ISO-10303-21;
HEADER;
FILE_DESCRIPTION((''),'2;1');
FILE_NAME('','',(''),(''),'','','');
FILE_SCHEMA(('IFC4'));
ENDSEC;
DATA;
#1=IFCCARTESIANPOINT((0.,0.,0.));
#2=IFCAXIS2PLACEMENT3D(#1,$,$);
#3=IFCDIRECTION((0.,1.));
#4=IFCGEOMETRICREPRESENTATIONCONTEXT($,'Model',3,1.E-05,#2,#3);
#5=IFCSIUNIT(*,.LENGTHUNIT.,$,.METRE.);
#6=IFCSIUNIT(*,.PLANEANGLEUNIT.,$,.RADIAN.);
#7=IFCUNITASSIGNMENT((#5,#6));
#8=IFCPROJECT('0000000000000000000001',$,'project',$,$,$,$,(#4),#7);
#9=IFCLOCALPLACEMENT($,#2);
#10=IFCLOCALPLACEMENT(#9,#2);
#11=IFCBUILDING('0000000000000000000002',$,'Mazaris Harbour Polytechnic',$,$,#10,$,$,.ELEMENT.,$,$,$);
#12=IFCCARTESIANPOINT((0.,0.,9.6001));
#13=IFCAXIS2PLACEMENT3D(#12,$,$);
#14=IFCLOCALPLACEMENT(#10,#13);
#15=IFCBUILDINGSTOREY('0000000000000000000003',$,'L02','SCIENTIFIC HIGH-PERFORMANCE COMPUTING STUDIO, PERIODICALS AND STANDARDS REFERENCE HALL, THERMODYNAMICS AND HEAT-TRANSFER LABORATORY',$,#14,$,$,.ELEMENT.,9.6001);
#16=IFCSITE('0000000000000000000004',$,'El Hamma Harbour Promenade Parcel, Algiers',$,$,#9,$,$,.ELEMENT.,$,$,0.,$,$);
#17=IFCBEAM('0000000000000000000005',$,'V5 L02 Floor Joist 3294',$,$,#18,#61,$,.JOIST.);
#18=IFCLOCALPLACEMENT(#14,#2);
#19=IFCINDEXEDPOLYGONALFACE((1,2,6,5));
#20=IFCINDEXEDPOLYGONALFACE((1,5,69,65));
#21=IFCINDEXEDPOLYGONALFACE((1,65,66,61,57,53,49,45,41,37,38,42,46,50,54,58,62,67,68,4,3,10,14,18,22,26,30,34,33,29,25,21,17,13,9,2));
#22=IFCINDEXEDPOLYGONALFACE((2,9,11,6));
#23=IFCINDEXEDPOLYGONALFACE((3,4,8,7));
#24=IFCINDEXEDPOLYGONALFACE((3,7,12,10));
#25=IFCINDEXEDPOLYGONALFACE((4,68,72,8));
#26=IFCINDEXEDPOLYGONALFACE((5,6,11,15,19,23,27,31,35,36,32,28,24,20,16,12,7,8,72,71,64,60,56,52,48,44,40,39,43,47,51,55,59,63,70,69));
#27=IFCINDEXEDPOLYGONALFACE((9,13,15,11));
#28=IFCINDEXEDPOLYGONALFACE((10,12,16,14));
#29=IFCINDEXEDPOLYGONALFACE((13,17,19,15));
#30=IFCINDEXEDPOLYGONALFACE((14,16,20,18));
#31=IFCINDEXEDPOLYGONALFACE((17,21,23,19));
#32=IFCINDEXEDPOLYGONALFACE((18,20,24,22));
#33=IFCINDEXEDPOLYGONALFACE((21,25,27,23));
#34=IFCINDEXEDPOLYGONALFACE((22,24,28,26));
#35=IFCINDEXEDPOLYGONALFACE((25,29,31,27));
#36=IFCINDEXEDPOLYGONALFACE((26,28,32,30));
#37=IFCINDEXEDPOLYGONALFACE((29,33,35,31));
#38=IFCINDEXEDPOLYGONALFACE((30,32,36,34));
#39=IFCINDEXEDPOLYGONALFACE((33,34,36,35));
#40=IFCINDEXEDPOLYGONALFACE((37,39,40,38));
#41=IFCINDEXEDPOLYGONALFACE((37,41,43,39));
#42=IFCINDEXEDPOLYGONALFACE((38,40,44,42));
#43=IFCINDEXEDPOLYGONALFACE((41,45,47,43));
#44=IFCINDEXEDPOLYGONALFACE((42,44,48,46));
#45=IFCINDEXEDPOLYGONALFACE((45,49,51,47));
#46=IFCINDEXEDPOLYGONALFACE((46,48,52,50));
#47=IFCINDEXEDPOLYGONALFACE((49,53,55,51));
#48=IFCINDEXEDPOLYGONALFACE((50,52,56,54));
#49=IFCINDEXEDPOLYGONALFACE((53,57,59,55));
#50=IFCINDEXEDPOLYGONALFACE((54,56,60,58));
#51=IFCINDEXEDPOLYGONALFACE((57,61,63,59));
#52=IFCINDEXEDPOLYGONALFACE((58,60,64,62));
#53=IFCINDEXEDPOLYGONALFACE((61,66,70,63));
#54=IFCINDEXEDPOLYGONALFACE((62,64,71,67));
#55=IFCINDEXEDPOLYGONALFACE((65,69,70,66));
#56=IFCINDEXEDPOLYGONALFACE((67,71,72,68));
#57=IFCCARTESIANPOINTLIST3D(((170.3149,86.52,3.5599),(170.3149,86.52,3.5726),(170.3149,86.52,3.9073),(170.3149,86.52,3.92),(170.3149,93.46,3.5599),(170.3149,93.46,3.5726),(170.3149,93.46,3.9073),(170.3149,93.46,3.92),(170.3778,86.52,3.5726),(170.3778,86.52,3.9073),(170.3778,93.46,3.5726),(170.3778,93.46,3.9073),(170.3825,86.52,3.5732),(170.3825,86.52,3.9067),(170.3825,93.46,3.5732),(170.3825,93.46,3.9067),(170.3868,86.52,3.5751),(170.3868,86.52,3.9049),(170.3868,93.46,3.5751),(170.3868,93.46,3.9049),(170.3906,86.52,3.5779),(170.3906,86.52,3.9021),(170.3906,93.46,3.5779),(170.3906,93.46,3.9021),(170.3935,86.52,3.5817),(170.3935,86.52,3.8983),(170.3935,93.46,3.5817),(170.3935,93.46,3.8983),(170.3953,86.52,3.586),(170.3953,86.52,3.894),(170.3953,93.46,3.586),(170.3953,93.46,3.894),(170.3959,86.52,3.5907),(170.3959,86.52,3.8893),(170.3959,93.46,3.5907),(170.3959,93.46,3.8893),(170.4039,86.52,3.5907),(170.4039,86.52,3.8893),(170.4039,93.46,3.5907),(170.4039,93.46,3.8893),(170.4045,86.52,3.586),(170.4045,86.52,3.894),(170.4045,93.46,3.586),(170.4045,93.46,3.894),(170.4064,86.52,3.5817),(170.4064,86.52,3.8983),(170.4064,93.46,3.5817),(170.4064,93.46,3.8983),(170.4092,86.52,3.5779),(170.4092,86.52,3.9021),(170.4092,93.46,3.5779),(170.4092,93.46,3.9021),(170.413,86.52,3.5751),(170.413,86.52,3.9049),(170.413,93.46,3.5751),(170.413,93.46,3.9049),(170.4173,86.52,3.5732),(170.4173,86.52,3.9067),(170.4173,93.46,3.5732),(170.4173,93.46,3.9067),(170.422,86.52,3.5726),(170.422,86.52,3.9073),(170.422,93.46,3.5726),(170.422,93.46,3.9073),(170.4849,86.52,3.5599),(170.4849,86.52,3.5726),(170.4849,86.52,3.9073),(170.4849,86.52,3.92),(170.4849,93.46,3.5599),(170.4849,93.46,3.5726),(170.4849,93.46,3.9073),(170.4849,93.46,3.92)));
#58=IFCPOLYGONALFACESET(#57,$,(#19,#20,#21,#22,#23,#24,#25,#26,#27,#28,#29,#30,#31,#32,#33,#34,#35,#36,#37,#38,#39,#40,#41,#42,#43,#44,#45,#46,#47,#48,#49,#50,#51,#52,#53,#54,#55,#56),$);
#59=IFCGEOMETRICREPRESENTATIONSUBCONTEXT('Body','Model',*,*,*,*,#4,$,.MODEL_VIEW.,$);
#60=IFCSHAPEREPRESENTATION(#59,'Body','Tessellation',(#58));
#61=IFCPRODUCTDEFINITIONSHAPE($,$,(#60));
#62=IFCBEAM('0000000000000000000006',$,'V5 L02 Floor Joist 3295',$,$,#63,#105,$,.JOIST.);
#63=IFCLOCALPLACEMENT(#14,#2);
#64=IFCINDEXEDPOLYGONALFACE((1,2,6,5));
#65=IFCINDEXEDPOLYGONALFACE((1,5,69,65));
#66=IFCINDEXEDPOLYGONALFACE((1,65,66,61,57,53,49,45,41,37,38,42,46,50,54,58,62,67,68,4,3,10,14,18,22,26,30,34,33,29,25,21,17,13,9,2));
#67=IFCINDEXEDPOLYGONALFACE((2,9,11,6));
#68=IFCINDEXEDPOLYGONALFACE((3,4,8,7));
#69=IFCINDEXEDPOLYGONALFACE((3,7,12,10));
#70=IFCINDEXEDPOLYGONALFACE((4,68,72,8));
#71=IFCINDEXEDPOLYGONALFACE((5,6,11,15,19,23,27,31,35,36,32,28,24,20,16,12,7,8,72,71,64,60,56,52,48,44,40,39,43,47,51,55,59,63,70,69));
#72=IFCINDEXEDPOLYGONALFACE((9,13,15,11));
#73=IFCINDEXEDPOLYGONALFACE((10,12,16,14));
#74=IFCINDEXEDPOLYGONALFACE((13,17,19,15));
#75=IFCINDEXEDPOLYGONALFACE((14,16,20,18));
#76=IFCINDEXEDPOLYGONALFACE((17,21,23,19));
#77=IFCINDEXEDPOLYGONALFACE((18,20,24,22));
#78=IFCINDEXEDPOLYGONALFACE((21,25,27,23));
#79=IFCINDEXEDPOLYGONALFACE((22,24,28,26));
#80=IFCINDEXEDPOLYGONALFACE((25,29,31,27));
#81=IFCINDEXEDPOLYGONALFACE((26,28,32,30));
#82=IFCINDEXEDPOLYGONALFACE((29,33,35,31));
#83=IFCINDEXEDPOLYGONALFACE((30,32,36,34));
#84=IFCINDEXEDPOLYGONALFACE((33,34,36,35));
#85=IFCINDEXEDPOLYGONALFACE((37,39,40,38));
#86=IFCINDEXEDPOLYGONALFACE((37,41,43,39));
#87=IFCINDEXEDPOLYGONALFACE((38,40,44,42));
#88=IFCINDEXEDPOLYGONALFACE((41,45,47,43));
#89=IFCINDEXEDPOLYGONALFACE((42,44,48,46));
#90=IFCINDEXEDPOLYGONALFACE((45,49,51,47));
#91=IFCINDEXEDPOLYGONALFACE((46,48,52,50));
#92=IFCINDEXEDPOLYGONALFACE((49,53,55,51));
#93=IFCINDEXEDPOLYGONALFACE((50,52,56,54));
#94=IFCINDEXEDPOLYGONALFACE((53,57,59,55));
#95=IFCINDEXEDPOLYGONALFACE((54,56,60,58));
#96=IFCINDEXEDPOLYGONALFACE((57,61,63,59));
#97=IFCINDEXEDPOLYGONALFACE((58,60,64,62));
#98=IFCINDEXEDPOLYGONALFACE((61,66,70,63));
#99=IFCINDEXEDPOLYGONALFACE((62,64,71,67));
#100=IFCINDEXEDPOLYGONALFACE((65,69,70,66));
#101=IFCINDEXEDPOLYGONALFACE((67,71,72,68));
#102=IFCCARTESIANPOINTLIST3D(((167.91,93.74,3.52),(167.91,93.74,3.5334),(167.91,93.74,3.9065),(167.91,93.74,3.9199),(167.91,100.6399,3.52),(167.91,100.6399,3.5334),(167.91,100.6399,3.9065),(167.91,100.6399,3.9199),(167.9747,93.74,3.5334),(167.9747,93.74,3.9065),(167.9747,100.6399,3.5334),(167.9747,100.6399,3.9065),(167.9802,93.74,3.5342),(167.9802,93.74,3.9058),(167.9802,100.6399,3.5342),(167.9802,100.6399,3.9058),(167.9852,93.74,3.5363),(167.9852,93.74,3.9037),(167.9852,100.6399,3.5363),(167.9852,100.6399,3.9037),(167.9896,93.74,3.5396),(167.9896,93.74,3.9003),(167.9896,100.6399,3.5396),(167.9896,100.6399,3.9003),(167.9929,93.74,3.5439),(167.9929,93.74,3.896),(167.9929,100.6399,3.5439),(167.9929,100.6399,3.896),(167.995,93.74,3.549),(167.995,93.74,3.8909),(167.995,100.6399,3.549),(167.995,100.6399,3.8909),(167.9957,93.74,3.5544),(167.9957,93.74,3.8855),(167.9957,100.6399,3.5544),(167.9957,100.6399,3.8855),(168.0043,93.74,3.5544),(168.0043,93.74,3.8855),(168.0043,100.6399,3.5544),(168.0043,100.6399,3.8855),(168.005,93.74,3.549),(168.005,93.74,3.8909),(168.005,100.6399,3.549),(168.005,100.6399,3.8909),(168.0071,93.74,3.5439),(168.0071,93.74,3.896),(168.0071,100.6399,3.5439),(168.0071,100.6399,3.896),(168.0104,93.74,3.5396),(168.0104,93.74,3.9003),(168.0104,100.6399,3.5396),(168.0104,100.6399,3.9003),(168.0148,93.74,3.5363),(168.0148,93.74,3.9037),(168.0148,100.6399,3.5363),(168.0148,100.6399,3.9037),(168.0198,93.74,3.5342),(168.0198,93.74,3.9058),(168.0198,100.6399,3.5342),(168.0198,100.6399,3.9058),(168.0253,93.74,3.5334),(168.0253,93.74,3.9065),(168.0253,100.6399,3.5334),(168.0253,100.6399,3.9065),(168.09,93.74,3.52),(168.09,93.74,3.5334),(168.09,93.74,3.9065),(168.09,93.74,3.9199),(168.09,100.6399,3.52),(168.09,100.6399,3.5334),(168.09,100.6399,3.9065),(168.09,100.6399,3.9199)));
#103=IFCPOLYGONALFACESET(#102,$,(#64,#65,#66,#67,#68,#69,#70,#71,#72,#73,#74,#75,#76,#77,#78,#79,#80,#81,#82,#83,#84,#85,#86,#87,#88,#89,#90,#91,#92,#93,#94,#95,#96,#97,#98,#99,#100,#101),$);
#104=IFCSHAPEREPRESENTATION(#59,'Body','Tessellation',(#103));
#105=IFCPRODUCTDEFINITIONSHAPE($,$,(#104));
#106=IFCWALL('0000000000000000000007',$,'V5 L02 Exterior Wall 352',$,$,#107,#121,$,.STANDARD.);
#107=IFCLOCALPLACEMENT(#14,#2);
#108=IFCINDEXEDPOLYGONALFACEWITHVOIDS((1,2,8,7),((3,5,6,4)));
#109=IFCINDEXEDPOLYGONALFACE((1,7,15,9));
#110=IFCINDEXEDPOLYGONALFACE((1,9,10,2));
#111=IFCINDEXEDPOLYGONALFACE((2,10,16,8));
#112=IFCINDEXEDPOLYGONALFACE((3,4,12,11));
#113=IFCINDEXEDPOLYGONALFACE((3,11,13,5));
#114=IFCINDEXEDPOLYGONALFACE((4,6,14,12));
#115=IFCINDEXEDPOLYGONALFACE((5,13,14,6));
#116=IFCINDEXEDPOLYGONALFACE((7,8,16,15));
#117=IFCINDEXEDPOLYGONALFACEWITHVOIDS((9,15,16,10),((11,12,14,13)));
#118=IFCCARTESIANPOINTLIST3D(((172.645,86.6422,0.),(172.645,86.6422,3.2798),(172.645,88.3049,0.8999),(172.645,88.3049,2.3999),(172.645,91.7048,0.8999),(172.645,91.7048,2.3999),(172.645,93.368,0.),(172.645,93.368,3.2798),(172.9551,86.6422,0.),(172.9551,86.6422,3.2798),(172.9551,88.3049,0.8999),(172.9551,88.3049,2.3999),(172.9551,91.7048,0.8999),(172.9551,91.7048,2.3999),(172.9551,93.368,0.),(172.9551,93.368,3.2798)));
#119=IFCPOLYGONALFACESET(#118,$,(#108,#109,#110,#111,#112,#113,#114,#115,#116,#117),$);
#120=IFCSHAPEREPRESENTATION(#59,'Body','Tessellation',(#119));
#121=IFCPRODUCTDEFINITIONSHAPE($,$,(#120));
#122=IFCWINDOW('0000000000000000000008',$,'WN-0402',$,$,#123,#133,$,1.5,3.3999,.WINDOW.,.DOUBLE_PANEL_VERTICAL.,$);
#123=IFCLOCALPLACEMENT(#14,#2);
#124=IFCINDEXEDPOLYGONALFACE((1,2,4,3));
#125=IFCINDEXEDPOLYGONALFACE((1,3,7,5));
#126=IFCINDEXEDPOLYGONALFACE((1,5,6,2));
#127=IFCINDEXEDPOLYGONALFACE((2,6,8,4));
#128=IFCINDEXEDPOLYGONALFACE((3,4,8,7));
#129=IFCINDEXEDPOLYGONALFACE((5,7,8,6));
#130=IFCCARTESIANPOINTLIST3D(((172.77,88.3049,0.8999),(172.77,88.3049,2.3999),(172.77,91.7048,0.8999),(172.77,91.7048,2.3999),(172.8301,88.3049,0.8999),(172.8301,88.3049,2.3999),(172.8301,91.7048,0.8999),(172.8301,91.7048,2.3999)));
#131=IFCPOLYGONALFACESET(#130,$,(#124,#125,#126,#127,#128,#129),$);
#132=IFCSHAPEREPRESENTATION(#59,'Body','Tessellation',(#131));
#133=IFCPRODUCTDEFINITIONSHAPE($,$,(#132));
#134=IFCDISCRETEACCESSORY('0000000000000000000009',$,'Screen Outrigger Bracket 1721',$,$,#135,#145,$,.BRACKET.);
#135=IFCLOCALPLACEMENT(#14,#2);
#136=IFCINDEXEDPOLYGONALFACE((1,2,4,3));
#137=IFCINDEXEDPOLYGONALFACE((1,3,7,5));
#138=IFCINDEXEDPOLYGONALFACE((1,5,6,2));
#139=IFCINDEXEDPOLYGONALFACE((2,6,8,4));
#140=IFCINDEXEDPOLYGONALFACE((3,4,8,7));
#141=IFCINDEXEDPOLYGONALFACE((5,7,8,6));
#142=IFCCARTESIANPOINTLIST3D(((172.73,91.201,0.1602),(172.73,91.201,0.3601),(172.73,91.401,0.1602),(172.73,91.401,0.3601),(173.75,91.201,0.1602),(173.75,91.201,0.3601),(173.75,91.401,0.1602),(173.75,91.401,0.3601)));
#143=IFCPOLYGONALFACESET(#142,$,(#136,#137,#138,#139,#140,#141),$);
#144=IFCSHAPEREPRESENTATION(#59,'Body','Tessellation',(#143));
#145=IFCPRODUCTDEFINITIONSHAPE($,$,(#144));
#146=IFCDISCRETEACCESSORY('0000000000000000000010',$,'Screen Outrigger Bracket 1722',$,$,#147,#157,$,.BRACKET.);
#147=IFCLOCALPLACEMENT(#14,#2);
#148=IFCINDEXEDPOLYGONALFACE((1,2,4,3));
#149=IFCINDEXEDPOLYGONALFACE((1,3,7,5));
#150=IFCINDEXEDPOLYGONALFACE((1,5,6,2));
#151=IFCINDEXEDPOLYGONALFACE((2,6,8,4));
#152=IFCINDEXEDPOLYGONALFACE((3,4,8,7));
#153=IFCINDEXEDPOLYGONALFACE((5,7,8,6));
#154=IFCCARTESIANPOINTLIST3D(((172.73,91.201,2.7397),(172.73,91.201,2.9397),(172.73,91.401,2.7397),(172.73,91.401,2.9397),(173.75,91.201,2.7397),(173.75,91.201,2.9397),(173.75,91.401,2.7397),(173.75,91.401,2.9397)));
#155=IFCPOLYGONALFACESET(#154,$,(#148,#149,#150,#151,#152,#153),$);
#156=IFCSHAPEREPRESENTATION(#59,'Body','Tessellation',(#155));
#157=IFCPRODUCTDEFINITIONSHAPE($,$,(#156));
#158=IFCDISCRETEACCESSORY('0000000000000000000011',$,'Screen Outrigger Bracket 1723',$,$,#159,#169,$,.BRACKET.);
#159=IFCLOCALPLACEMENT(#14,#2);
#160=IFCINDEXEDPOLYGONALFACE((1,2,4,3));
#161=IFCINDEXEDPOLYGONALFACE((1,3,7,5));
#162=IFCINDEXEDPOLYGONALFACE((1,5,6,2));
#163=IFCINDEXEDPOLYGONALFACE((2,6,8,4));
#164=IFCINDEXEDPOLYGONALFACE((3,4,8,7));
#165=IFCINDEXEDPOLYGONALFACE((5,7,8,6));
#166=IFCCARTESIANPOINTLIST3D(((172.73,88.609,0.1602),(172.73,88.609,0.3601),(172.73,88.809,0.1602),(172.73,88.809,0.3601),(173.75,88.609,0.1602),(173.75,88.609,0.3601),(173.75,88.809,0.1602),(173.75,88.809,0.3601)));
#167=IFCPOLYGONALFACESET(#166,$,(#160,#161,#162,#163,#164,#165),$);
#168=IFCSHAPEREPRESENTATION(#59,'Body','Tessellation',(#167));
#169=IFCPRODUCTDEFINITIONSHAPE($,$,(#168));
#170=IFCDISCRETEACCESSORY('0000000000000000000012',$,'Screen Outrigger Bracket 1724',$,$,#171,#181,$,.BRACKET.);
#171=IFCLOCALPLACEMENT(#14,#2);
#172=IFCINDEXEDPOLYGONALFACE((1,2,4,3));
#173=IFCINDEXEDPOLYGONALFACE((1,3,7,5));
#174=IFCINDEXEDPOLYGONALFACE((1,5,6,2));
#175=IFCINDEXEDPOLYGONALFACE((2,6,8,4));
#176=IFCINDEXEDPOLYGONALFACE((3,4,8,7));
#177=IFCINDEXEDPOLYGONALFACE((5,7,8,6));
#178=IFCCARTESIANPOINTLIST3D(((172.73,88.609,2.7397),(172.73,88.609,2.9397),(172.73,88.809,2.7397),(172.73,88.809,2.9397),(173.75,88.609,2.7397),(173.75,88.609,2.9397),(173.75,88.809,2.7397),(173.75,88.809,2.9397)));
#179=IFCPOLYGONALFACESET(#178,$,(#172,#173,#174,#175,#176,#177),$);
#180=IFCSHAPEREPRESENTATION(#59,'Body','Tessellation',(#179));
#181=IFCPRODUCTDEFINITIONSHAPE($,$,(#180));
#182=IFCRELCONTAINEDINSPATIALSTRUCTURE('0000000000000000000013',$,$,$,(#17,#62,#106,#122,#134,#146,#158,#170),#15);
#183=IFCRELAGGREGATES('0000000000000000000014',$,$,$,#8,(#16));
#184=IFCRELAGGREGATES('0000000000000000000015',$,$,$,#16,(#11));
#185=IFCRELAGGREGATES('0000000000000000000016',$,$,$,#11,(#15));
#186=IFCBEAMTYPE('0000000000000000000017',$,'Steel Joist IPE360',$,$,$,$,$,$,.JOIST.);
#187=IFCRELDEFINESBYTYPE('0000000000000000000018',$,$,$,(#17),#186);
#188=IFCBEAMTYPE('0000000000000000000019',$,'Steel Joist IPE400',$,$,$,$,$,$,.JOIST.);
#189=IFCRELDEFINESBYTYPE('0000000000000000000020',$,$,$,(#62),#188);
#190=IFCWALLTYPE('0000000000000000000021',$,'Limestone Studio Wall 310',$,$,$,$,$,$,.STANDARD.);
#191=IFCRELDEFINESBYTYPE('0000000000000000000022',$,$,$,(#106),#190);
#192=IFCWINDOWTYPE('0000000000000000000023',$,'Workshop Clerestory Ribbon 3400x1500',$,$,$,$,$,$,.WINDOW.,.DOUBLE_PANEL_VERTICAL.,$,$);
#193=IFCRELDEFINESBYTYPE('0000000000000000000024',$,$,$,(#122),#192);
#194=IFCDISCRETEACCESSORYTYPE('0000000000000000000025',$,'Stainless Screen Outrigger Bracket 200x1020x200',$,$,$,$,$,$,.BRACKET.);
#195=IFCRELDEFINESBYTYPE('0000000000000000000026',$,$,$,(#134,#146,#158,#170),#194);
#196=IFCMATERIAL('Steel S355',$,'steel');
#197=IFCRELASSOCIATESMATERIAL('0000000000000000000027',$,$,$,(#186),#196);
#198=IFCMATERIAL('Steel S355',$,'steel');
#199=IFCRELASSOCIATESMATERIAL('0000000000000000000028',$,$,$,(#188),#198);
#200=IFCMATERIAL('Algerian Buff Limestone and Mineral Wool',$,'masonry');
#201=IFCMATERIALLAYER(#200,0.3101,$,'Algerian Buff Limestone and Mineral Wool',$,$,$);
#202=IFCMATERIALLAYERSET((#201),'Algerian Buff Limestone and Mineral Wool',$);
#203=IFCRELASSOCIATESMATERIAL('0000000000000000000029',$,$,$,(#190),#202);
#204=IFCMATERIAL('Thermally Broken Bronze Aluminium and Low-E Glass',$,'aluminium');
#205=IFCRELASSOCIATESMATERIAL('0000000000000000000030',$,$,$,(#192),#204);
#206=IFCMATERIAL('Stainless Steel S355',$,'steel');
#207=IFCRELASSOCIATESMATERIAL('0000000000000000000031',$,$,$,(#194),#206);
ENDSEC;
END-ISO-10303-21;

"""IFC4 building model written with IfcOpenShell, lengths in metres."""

from ifc_helpers import new_model, si_unit, direction, frame, frame_2d, origin, origin_2d, place, context, subcontext, project, spatial, rectangle, i_section, extrude, material, layer, layer_set, material_profile, profile_set, type_object, element, fill, save


model = new_model("IFC4")

# Units and contexts
model_context = context("Model", 3, precision=1e-05, world=origin(), true_north=direction((0.0, 1.0)))
body_context = subcontext(model_context, "Body", "Model", "MODEL_VIEW")
ifc_project = project(units=[si_unit("LENGTHUNIT", "METRE"), si_unit("PLANEANGLEUNIT", "RADIAN")], contexts=[model_context])

# Site, building, storey
site_placement = place(None, origin())
site = spatial("IfcSite", under=ifc_project, at=site_placement, Name="El Hamma Harbour Promenade Parcel, Algiers", CompositionType="ELEMENT", RefElevation=0.0)
building_placement = place(site_placement, origin())
building = spatial("IfcBuilding", under=site, at=building_placement, Name="Mazaris Harbour Polytechnic", CompositionType="ELEMENT")
storey_placement = place(building_placement, frame((0.0, 0.0, 9.6001)))
storey = spatial("IfcBuildingStorey", under=building, at=storey_placement, Name="L02", Description="SCIENTIFIC HIGH-PERFORMANCE COMPUTING STUDIO, PERIODICALS AND STANDARDS REFERENCE HALL, THERMODYNAMICS AND HEAT-TRANSFER LABORATORY", CompositionType="ELEMENT", Elevation=9.6001)

# Beams
ifc_material_1 = material(Name="Steel S355", Category="steel")
ifc_material_profile_1 = material_profile(ifc_material_1, i_section(OverallWidth=0.1699, OverallDepth=0.3601, WebThickness=0.0081, FlangeThickness=0.0127, FilletRadius=0.0181, at=origin_2d()), Name="IPE 360")
ifc_profile_set_1 = profile_set([ifc_material_profile_1], Name="Steel S355")
beam_type_1 = type_object("IfcBeamType", Name="Steel Joist IPE360", PredefinedType="JOIST", material=ifc_profile_set_1)
beam_1_placement = place(storey_placement, frame((170.3999, 86.52, 3.74), z_axis=(0.0, 1.0, 0.0), x_axis=(-1.0, 0.0, 0.0)))
element("IfcBeam", 1, at=beam_1_placement, inside=storey, type_object=beam_type_1, Name="V5 L02 Floor Joist 3294", PredefinedType="JOIST", context=body_context, shape_type="SweptSolid", body=[
    extrude(i_section(OverallWidth=0.1699, OverallDepth=0.3601, WebThickness=0.0081, FlangeThickness=0.0127, FilletRadius=0.0181, at=origin_2d()), origin(), (0.0, 0.0, 1.0), 6.9399),
])
ifc_material_2 = material(Name="Steel S355", Category="steel")
ifc_material_profile_2 = material_profile(ifc_material_2, i_section(OverallWidth=0.1799, OverallDepth=0.3999, WebThickness=0.0085, FlangeThickness=0.0134, FilletRadius=0.021, at=origin_2d()), Name="IPE 400")
ifc_profile_set_2 = profile_set([ifc_material_profile_2], Name="Steel S355")
beam_type_2 = type_object("IfcBeamType", Name="Steel Joist IPE400", PredefinedType="JOIST", material=ifc_profile_set_2)
beam_2_placement = place(storey_placement, frame((168.0, 93.74, 3.72), z_axis=(0.0, 1.0, 0.0), x_axis=(-1.0, 0.0, 0.0)))
element("IfcBeam", 2, at=beam_2_placement, inside=storey, type_object=beam_type_2, Name="V5 L02 Floor Joist 3295", PredefinedType="JOIST", context=body_context, shape_type="SweptSolid", body=[
    extrude(i_section(OverallWidth=0.1799, OverallDepth=0.3999, WebThickness=0.0085, FlangeThickness=0.0134, FilletRadius=0.021, at=origin_2d()), origin(), (0.0, 0.0, 1.0), 6.8999),
])

# Wall, opening, window
ifc_material_3 = material(Name="Algerian Buff Limestone and Mineral Wool", Category="masonry")
ifc_layer = layer(ifc_material_3, 0.3101, Name="Algerian Buff Limestone and Mineral Wool")
ifc_layer_set = layer_set([ifc_layer], Name="Algerian Buff Limestone and Mineral Wool")
wall_type = type_object("IfcWallType", Name="Limestone Studio Wall 310", PredefinedType="STANDARD", material=ifc_layer_set)
wall_placement = place(storey_placement, frame((172.8, 93.3679, 0.0), z_axis=(0.0, 0.0, 1.0), x_axis=(0.0, -1.0, 0.0)))
wall = element("IfcWall", 3, at=wall_placement, inside=storey, type_object=wall_type, Name="V5 L02 Exterior Wall 352", PredefinedType="STANDARD", context=body_context, shape_type="SweptSolid", body=[
    extrude(rectangle(XDim=6.7258, YDim=0.3101, at=frame_2d((3.3628, 0.0))), origin(), (0.0, 0.0, 1.0), 3.2798),
])
opening_placement = place(wall_placement, frame((1.6631, 0.0, 0.8999)))
opening = element("IfcOpeningElement", 4, at=opening_placement, cuts=wall, PredefinedType="OPENING", context=body_context, shape_type="SweptSolid", body=[
    extrude(rectangle(XDim=3.3999, YDim=1.5, at=frame_2d((1.7, 0.75))), frame((0.0, 0.165, 0.0), z_axis=(0.0, -1.0, 0.0), x_axis=(1.0, 0.0, 0.0)), (0.0, 0.0, 1.0), 0.3301),
])
ifc_material_4 = material(Name="Thermally Broken Bronze Aluminium and Low-E Glass", Category="aluminium")
window_type = type_object("IfcWindowType", Name="Workshop Clerestory Ribbon 3400x1500", PartitioningType="DOUBLE_PANEL_VERTICAL", PredefinedType="WINDOW", material=ifc_material_4)
window_placement = place(opening_placement, origin())
window = element("IfcWindow", 5, at=window_placement, inside=storey, type_object=window_type, Name="WN-0402", OverallHeight=1.5, OverallWidth=3.3999, PartitioningType="DOUBLE_PANEL_VERTICAL", PredefinedType="WINDOW", context=body_context, shape_type="SweptSolid", body=[
    extrude(rectangle(XDim=3.3999, YDim=1.5, at=frame_2d((1.7, 0.75))), frame((0.0, 0.03, 0.0), z_axis=(0.0, -1.0, 0.0), x_axis=(1.0, 0.0, 0.0)), (0.0, 0.0, 1.0), 0.0601),
])
fill(opening, window)

# Discrete accessories
ifc_material_5 = material(Name="Stainless Steel S355", Category="steel")
discrete_accessory_type = type_object("IfcDiscreteAccessoryType", Name="Stainless Screen Outrigger Bracket 200x1020x200", PredefinedType="BRACKET", material=ifc_material_5)
for number, where, z_axis, x_axis, name in (
    (6, (173.24, 91.301, 0.1602), (0.0, 0.0, 1.0), (0.0, -1.0, 0.0), "Screen Outrigger Bracket 1721"),
    (7, (173.24, 91.301, 2.7397), (0.0, 0.0, 1.0), (0.0, -1.0, 0.0), "Screen Outrigger Bracket 1722"),
    (8, (173.24, 88.709, 0.1602), (0.0, 0.0, 1.0), (0.0, -1.0, 0.0), "Screen Outrigger Bracket 1723"),
    (9, (173.24, 88.709, 2.7397), (0.0, 0.0, 1.0), (0.0, -1.0, 0.0), "Screen Outrigger Bracket 1724"),
):
    element("IfcDiscreteAccessory", number, at=place(storey_placement, frame(where, z_axis=z_axis, x_axis=x_axis)), inside=storey, type_object=discrete_accessory_type, Name=name, PredefinedType="BRACKET", context=body_context, shape_type="SweptSolid", body=[
        extrude(rectangle(XDim=0.2, YDim=1.02, at=origin_2d()), origin(), (0.0, 0.0, 1.0), 0.2),
    ])

save(model, "model.ifc")
